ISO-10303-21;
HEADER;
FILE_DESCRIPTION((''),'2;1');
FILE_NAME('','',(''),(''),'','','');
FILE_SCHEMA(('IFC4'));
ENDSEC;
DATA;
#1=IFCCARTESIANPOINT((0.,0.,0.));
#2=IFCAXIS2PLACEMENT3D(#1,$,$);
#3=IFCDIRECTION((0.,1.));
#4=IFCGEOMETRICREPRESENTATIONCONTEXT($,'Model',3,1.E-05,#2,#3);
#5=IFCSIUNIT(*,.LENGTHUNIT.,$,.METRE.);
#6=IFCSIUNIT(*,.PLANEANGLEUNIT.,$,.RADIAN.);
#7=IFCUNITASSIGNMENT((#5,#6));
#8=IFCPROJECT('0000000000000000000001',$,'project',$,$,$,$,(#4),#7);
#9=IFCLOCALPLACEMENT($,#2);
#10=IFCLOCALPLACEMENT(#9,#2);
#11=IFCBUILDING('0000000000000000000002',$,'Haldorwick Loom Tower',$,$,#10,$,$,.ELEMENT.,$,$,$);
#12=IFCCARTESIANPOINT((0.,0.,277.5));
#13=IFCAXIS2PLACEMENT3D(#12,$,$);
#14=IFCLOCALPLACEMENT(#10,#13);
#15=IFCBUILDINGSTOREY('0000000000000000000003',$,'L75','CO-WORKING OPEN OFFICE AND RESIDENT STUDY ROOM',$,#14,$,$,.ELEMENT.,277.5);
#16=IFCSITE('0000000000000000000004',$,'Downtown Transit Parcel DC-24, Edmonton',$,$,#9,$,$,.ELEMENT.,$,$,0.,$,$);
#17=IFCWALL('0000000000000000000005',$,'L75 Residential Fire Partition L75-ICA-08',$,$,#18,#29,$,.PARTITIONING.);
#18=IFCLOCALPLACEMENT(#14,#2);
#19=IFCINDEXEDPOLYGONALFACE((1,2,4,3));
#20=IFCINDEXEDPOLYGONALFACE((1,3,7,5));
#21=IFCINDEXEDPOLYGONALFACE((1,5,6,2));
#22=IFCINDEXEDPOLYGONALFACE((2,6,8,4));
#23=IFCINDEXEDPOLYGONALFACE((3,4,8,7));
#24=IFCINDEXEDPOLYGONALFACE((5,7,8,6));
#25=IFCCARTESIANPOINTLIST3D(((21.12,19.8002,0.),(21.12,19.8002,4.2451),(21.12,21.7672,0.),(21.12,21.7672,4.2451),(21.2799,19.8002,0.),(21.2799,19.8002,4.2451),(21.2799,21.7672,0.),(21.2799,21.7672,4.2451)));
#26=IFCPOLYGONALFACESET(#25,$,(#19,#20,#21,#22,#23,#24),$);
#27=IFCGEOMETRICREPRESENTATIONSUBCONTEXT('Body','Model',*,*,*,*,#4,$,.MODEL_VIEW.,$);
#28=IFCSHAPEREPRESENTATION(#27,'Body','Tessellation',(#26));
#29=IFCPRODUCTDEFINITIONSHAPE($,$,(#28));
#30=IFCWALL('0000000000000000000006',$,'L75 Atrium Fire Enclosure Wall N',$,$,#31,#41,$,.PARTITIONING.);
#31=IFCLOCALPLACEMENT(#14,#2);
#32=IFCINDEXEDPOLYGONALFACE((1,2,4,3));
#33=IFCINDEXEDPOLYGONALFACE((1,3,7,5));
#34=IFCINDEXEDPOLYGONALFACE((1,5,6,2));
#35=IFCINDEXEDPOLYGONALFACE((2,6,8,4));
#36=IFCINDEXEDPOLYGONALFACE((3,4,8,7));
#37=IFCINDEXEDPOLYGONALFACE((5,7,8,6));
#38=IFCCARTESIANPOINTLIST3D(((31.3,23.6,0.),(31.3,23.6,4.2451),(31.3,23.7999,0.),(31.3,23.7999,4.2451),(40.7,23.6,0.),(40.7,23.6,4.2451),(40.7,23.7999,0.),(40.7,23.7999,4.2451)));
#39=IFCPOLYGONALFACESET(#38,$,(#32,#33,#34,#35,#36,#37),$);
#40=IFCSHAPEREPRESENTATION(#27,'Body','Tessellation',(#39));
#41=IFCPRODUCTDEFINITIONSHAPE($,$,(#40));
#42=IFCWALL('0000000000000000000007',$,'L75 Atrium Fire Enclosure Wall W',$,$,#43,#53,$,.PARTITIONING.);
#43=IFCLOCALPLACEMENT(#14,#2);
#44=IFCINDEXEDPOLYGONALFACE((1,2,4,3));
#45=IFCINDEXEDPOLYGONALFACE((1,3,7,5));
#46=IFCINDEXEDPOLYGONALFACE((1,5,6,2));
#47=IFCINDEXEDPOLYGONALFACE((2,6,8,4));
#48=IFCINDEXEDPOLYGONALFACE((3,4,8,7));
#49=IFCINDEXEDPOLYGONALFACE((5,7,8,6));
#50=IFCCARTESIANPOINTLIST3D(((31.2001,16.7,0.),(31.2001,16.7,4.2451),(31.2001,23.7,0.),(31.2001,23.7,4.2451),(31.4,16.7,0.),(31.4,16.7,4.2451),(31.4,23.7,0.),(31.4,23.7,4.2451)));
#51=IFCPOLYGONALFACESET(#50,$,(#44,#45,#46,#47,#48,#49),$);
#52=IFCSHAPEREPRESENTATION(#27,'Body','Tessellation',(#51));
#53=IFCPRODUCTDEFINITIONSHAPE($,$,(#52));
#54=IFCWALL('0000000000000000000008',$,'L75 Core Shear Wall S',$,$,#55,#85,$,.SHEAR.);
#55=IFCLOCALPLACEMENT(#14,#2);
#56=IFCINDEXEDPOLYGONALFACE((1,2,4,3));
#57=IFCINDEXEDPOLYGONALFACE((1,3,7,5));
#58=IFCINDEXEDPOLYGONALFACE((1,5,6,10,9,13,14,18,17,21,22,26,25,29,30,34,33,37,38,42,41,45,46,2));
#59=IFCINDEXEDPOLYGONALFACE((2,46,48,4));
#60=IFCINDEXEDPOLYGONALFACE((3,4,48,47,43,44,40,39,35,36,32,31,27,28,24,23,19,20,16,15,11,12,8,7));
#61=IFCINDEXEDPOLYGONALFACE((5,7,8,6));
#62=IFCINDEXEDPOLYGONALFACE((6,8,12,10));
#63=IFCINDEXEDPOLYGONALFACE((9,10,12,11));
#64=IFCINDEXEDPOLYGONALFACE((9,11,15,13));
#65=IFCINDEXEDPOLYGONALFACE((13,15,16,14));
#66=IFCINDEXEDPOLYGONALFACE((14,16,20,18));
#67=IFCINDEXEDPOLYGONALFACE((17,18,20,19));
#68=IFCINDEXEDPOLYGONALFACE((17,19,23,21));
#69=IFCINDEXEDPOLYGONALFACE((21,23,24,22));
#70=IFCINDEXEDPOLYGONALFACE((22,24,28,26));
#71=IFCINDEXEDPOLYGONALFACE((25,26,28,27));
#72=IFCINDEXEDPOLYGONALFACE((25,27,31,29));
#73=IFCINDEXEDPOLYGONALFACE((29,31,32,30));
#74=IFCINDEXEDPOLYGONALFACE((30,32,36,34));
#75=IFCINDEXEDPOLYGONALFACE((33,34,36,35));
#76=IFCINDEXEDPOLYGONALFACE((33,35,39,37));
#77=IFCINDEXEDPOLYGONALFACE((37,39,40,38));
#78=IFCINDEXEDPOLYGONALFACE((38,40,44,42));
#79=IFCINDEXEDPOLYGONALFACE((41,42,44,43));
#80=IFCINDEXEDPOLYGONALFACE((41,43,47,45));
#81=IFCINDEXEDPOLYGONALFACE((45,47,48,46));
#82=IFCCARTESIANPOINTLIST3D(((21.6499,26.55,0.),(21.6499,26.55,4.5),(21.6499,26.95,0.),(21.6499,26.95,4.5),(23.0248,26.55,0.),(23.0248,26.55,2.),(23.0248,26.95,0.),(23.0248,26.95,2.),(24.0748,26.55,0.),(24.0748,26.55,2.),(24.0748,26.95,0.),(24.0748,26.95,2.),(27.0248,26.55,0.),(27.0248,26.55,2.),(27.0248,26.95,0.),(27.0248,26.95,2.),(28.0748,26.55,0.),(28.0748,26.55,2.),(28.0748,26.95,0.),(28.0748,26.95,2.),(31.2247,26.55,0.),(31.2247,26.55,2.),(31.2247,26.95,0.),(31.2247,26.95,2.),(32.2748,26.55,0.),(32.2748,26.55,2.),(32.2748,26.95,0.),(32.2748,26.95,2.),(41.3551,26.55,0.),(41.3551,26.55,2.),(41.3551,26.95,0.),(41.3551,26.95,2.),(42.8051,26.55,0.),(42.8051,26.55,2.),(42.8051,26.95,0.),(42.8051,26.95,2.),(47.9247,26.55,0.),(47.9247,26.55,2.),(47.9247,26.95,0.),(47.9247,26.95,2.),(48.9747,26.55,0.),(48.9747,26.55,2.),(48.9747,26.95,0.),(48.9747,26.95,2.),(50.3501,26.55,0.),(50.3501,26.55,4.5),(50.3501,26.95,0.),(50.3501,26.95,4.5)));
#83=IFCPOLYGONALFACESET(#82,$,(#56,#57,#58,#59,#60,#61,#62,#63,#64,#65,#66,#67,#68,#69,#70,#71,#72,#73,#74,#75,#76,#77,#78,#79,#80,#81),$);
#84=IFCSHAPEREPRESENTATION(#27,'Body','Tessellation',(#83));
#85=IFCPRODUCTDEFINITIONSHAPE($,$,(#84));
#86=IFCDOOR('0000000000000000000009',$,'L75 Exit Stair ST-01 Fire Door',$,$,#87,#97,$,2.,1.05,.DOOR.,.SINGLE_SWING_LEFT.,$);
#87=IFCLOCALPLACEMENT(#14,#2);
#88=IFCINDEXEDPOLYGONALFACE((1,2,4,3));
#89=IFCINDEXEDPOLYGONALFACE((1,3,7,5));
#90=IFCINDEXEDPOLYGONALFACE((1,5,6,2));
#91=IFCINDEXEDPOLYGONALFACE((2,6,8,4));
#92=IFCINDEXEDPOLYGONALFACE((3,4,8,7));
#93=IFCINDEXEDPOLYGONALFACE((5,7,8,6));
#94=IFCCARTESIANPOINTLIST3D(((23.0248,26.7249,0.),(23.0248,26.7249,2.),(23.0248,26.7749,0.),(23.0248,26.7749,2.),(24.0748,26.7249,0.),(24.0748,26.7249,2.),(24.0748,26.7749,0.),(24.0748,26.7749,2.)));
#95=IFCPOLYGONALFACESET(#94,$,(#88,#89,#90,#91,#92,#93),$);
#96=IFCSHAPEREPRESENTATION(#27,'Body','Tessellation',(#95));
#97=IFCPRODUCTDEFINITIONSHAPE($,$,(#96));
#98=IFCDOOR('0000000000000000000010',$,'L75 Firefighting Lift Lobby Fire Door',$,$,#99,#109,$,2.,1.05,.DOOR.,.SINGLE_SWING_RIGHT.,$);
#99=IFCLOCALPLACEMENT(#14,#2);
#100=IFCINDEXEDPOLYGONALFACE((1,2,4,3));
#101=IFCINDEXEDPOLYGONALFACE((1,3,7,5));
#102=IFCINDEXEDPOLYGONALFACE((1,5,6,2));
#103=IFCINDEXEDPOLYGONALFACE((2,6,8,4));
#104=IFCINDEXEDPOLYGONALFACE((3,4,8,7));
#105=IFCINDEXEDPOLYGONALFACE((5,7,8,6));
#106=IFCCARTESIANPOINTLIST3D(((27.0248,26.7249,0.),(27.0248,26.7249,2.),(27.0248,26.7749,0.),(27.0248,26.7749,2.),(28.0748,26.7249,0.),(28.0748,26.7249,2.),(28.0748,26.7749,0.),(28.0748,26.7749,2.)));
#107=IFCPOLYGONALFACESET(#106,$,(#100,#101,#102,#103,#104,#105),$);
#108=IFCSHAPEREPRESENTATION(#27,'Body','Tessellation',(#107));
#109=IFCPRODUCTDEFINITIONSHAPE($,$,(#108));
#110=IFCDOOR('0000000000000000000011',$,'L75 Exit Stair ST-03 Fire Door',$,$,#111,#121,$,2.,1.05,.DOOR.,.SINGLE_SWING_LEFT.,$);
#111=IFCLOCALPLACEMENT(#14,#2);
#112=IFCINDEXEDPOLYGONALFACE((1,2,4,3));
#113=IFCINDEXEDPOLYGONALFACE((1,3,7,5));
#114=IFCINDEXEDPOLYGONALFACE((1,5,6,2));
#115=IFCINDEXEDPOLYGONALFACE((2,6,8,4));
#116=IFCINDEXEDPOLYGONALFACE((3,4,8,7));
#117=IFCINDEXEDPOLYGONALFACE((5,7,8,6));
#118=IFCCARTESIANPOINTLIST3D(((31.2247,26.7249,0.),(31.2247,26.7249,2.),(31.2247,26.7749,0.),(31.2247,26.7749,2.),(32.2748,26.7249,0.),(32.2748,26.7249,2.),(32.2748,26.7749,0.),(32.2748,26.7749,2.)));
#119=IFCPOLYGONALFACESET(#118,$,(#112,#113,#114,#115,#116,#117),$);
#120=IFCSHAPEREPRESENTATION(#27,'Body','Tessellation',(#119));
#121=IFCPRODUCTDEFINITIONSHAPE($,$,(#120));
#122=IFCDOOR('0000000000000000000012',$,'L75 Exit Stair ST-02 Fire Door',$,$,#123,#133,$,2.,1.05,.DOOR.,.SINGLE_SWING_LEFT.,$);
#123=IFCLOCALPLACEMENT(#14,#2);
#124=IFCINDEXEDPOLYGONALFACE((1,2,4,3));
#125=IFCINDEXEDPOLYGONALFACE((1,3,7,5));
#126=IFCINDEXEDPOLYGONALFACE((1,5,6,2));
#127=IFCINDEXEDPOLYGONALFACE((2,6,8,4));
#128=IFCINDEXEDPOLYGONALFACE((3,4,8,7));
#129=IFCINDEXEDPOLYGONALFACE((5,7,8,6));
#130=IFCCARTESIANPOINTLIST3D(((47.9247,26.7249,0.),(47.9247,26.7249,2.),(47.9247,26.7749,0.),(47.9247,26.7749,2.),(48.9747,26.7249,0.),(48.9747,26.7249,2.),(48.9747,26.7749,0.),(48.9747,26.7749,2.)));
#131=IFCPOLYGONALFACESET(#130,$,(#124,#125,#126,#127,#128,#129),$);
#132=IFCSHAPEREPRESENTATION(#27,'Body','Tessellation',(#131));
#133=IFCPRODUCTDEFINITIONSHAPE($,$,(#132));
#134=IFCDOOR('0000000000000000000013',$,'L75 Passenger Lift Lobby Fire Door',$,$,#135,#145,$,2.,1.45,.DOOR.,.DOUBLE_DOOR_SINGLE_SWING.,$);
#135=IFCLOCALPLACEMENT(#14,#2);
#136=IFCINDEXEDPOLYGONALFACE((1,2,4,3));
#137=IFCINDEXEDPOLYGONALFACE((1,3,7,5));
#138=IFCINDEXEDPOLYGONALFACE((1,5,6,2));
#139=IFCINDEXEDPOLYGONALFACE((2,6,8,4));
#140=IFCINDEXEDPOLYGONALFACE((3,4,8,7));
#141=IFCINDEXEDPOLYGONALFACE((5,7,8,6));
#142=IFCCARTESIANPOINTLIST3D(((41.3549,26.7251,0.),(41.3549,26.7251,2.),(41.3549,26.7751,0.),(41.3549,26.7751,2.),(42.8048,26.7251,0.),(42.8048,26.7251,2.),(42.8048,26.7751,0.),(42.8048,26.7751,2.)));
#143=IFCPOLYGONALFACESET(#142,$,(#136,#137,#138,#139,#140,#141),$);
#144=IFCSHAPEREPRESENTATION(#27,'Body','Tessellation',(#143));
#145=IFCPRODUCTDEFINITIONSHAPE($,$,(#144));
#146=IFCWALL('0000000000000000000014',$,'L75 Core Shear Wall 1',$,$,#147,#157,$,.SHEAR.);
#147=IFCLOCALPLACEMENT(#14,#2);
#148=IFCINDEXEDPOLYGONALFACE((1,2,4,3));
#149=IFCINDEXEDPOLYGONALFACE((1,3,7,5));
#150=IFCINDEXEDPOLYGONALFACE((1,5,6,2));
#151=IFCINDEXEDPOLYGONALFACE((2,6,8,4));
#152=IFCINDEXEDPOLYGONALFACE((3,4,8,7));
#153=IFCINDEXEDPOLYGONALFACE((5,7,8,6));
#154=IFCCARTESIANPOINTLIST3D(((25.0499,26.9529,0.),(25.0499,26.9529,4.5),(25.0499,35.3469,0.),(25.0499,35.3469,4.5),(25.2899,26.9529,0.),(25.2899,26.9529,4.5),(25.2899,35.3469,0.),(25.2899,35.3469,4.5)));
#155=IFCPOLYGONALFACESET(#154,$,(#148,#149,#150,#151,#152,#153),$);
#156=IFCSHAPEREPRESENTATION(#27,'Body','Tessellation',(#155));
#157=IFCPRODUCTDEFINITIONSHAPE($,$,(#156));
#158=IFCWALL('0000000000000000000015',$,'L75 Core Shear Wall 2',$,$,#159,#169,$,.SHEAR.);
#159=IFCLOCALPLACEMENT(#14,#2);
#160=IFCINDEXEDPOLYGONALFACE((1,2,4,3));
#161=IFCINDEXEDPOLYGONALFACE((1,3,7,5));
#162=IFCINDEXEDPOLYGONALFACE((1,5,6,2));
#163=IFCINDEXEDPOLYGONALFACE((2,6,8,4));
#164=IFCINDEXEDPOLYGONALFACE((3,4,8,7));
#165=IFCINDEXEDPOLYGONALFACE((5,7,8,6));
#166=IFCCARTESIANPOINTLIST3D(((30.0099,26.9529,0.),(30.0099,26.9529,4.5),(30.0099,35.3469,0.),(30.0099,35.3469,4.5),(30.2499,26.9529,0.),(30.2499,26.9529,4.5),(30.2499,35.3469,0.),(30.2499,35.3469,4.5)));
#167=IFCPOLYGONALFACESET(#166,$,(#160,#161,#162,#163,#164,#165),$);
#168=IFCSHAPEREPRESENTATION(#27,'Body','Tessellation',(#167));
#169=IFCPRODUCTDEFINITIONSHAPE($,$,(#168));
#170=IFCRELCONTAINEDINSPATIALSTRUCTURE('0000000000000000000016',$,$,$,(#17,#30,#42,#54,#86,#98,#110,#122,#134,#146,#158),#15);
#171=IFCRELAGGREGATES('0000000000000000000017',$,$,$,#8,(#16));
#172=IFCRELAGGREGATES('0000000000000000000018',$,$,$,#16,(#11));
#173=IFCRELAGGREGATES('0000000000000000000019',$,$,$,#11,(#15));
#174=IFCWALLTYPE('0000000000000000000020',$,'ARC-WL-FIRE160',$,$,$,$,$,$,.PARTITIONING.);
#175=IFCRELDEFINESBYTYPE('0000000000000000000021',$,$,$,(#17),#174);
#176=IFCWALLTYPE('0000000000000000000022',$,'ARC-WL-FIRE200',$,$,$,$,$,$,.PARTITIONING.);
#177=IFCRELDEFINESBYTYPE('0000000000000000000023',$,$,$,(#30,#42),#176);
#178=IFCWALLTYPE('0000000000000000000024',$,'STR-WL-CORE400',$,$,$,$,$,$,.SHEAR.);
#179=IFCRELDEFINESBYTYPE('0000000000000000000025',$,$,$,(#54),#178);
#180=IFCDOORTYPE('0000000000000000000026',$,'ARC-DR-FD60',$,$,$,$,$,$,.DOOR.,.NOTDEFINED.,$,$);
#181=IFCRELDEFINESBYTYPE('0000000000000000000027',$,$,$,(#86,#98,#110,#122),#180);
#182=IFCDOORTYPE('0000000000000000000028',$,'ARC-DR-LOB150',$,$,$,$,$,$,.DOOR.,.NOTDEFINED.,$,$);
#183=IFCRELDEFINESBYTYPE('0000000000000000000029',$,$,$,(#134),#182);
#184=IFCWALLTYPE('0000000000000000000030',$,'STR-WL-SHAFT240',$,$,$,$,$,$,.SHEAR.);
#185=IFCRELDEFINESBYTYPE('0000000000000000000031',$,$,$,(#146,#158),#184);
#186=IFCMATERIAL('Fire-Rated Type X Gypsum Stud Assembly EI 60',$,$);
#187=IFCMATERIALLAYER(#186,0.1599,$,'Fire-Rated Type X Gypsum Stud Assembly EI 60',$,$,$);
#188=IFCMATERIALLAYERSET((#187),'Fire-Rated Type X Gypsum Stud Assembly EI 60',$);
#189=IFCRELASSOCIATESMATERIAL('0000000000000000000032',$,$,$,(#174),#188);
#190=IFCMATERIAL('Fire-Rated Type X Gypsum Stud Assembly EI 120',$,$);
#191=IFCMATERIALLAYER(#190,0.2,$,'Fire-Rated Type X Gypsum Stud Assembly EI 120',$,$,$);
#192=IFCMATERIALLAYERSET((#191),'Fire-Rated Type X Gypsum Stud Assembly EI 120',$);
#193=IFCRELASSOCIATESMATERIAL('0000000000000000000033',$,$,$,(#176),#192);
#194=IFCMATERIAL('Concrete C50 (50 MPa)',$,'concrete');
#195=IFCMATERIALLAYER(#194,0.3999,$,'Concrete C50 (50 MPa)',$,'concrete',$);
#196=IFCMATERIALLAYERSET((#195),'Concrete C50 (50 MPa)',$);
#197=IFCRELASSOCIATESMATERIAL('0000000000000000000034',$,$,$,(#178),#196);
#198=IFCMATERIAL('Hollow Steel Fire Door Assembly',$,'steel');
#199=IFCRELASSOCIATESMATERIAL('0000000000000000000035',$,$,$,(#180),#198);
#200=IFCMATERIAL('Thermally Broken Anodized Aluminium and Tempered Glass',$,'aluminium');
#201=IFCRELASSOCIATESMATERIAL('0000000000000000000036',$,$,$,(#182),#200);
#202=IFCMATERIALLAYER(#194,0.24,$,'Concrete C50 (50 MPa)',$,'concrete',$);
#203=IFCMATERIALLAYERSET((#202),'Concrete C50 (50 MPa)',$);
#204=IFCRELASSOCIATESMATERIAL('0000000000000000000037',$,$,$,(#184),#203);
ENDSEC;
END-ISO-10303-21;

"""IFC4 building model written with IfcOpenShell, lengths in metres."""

from ifc_helpers import new_model, si_unit, direction, frame, frame_2d, origin, place, context, subcontext, project, spatial, rectangle, extrude, material, layer, layer_set, type_object, element, fill, save


model = new_model("IFC4")

# Units and contexts
model_context = context("Model", 3, precision=1e-05, world=origin(), true_north=direction((0.0, 1.0)))
body_context = subcontext(model_context, "Body", "Model", "MODEL_VIEW")
ifc_project = project(units=[si_unit("LENGTHUNIT", "METRE"), si_unit("PLANEANGLEUNIT", "RADIAN")], contexts=[model_context])

# Site, building, storey
site_placement = place(None, origin())
site = spatial("IfcSite", under=ifc_project, at=site_placement, Name="Downtown Transit Parcel DC-24, Edmonton", CompositionType="ELEMENT", RefElevation=0.0)
building_placement = place(site_placement, origin())
building = spatial("IfcBuilding", under=site, at=building_placement, Name="Haldorwick Loom Tower", CompositionType="ELEMENT")
storey_placement = place(building_placement, frame((0.0, 0.0, 277.5)))
storey = spatial("IfcBuildingStorey", under=building, at=storey_placement, Name="L75", Description="CO-WORKING OPEN OFFICE AND RESIDENT STUDY ROOM", CompositionType="ELEMENT", Elevation=277.5)

# Shared definitions
ifc_material_1 = material(Name="Concrete C50 (50 MPa)", Category="concrete")

# Walls
ifc_material_2 = material(Name="Fire-Rated Type X Gypsum Stud Assembly EI 60")
ifc_layer_1 = layer(ifc_material_2, 0.1599, Name="Fire-Rated Type X Gypsum Stud Assembly EI 60")
ifc_layer_set_1 = layer_set([ifc_layer_1], Name="Fire-Rated Type X Gypsum Stud Assembly EI 60")
wall_type_1 = type_object("IfcWallType", Name="ARC-WL-FIRE160", PredefinedType="PARTITIONING", material=ifc_layer_set_1)
wall_1_placement = place(storey_placement, frame((21.2, 21.7671, 0.0), z_axis=(0.0, 0.0, 1.0), x_axis=(0.0, -1.0, 0.0)))
element("IfcWall", 1, at=wall_1_placement, inside=storey, type_object=wall_type_1, Name="L75 Residential Fire Partition L75-ICA-08", PredefinedType="PARTITIONING", context=body_context, shape_type="SweptSolid", body=[
    extrude(rectangle(XDim=1.967, YDim=0.1599, at=frame_2d((0.9834, 0.0))), origin(), (0.0, 0.0, 1.0), 4.2451),
])
ifc_material_3 = material(Name="Fire-Rated Type X Gypsum Stud Assembly EI 120")
ifc_layer_2 = layer(ifc_material_3, 0.2, Name="Fire-Rated Type X Gypsum Stud Assembly EI 120")
ifc_layer_set_2 = layer_set([ifc_layer_2], Name="Fire-Rated Type X Gypsum Stud Assembly EI 120")
wall_type_2 = type_object("IfcWallType", Name="ARC-WL-FIRE200", PredefinedType="PARTITIONING", material=ifc_layer_set_2)
wall_2_placement = place(storey_placement, frame((31.3, 23.7, 0.0), z_axis=(0.0, 0.0, 1.0), x_axis=(1.0, 0.0, 0.0)))
element("IfcWall", 2, at=wall_2_placement, inside=storey, type_object=wall_type_2, Name="L75 Atrium Fire Enclosure Wall N", PredefinedType="PARTITIONING", context=body_context, shape_type="SweptSolid", body=[
    extrude(rectangle(XDim=9.3999, YDim=0.2, at=frame_2d((4.7, 0.0))), origin(), (0.0, 0.0, 1.0), 4.2451),
])
wall_3_placement = place(storey_placement, frame((31.3, 16.7, 0.0), z_axis=(0.0, 0.0, 1.0), x_axis=(0.0, 1.0, 0.0)))
element("IfcWall", 3, at=wall_3_placement, inside=storey, type_object=wall_type_2, Name="L75 Atrium Fire Enclosure Wall W", PredefinedType="PARTITIONING", context=body_context, shape_type="SweptSolid", body=[
    extrude(rectangle(XDim=7.0, YDim=0.2, at=frame_2d((3.5, 0.0))), origin(), (0.0, 0.0, 1.0), 4.2451),
])

# Wall, openings, doors
ifc_layer_3 = layer(ifc_material_1, 0.3999, Name="Concrete C50 (50 MPa)", Category="concrete")
ifc_layer_set_3 = layer_set([ifc_layer_3], Name="Concrete C50 (50 MPa)")
wall_type_3 = type_object("IfcWallType", Name="STR-WL-CORE400", PredefinedType="SHEAR", material=ifc_layer_set_3)
wall_4_placement = place(storey_placement, frame((21.6499, 26.75, 0.0), z_axis=(0.0, 0.0, 1.0), x_axis=(1.0, 0.0, 0.0)))
wall_4 = element("IfcWall", 4, at=wall_4_placement, inside=storey, type_object=wall_type_3, Name="L75 Core Shear Wall S", PredefinedType="SHEAR", context=body_context, shape_type="SweptSolid", body=[
    extrude(rectangle(XDim=28.7002, YDim=0.3999, at=frame_2d((14.3501, 0.0))), origin(), (0.0, 0.0, 1.0), 4.5),
])
opening_1_placement = place(wall_4_placement, frame((1.375, 0.0, 0.0)))
opening_1 = element("IfcOpeningElement", 5, at=opening_1_placement, cuts=wall_4, PredefinedType="OPENING", context=body_context, shape_type="SweptSolid", body=[
    extrude(rectangle(XDim=1.05, YDim=2.0, at=frame_2d((0.5249, 1.0))), frame((0.0, 0.21, 0.0), z_axis=(0.0, -1.0, 0.0), x_axis=(1.0, 0.0, 0.0)), (0.0, 0.0, 1.0), 0.4199),
])
opening_2_placement = place(wall_4_placement, frame((5.375, 0.0, 0.0)))
opening_2 = element("IfcOpeningElement", 6, at=opening_2_placement, cuts=wall_4, PredefinedType="OPENING", context=body_context, shape_type="SweptSolid", body=[
    extrude(rectangle(XDim=1.05, YDim=2.0, at=frame_2d((0.5249, 1.0))), frame((0.0, 0.21, 0.0), z_axis=(0.0, -1.0, 0.0), x_axis=(1.0, 0.0, 0.0)), (0.0, 0.0, 1.0), 0.4199),
])
opening_3_placement = place(wall_4_placement, frame((9.575, 0.0, 0.0)))
opening_3 = element("IfcOpeningElement", 7, at=opening_3_placement, cuts=wall_4, PredefinedType="OPENING", context=body_context, shape_type="SweptSolid", body=[
    extrude(rectangle(XDim=1.05, YDim=2.0, at=frame_2d((0.5249, 1.0))), frame((0.0, 0.21, 0.0), z_axis=(0.0, -1.0, 0.0), x_axis=(1.0, 0.0, 0.0)), (0.0, 0.0, 1.0), 0.4199),
])
opening_4_placement = place(wall_4_placement, frame((19.7051, 0.0, 0.0)))
opening_4 = element("IfcOpeningElement", 8, at=opening_4_placement, cuts=wall_4, PredefinedType="OPENING", context=body_context, shape_type="SweptSolid", body=[
    extrude(rectangle(XDim=1.45, YDim=2.0, at=frame_2d((0.7251, 1.0))), frame((0.0, 0.21, 0.0), z_axis=(0.0, -1.0, 0.0), x_axis=(1.0, 0.0, 0.0)), (0.0, 0.0, 1.0), 0.4199),
])
opening_5_placement = place(wall_4_placement, frame((26.2749, 0.0, 0.0)))
opening_5 = element("IfcOpeningElement", 9, at=opening_5_placement, cuts=wall_4, PredefinedType="OPENING", context=body_context, shape_type="SweptSolid", body=[
    extrude(rectangle(XDim=1.05, YDim=2.0, at=frame_2d((0.5249, 1.0))), frame((0.0, 0.21, 0.0), z_axis=(0.0, -1.0, 0.0), x_axis=(1.0, 0.0, 0.0)), (0.0, 0.0, 1.0), 0.4199),
])
ifc_material_4 = material(Name="Hollow Steel Fire Door Assembly", Category="steel")
door_type_1 = type_object("IfcDoorType", Name="ARC-DR-FD60", OperationType="NOTDEFINED", PredefinedType="DOOR", material=ifc_material_4)
door_1_placement = place(opening_1_placement, origin())
door_1 = element("IfcDoor", 10, at=door_1_placement, inside=storey, type_object=door_type_1, Name="L75 Exit Stair ST-01 Fire Door", OperationType="SINGLE_SWING_LEFT", OverallHeight=2.0, OverallWidth=1.05, PredefinedType="DOOR", context=body_context, shape_type="SweptSolid", body=[
    extrude(rectangle(XDim=1.05, YDim=2.0, at=frame_2d((0.5249, 1.0))), frame((0.0, 0.0249, 0.0), z_axis=(0.0, -1.0, 0.0), x_axis=(1.0, 0.0, 0.0)), (0.0, 0.0, 1.0), 0.05),
])
fill(opening_1, door_1)
door_2_placement = place(opening_2_placement, origin())
door_2 = element("IfcDoor", 11, at=door_2_placement, inside=storey, type_object=door_type_1, Name="L75 Firefighting Lift Lobby Fire Door", OperationType="SINGLE_SWING_RIGHT", OverallHeight=2.0, OverallWidth=1.05, PredefinedType="DOOR", context=body_context, shape_type="SweptSolid", body=[
    extrude(rectangle(XDim=1.05, YDim=2.0, at=frame_2d((0.5249, 1.0))), frame((0.0, 0.0249, 0.0), z_axis=(0.0, -1.0, 0.0), x_axis=(1.0, 0.0, 0.0)), (0.0, 0.0, 1.0), 0.05),
])
fill(opening_2, door_2)
door_3_placement = place(opening_3_placement, origin())
door_3 = element("IfcDoor", 12, at=door_3_placement, inside=storey, type_object=door_type_1, Name="L75 Exit Stair ST-03 Fire Door", OperationType="SINGLE_SWING_LEFT", OverallHeight=2.0, OverallWidth=1.05, PredefinedType="DOOR", context=body_context, shape_type="SweptSolid", body=[
    extrude(rectangle(XDim=1.05, YDim=2.0, at=frame_2d((0.5249, 1.0))), frame((0.0, 0.0249, 0.0), z_axis=(0.0, -1.0, 0.0), x_axis=(1.0, 0.0, 0.0)), (0.0, 0.0, 1.0), 0.05),
])
fill(opening_3, door_3)
door_4_placement = place(opening_5_placement, origin())
door_4 = element("IfcDoor", 13, at=door_4_placement, inside=storey, type_object=door_type_1, Name="L75 Exit Stair ST-02 Fire Door", OperationType="SINGLE_SWING_LEFT", OverallHeight=2.0, OverallWidth=1.05, PredefinedType="DOOR", context=body_context, shape_type="SweptSolid", body=[
    extrude(rectangle(XDim=1.05, YDim=2.0, at=frame_2d((0.5249, 1.0))), frame((0.0, 0.0249, 0.0), z_axis=(0.0, -1.0, 0.0), x_axis=(1.0, 0.0, 0.0)), (0.0, 0.0, 1.0), 0.05),
])
fill(opening_5, door_4)
ifc_material_5 = material(Name="Thermally Broken Anodized Aluminium and Tempered Glass", Category="aluminium")
door_type_2 = type_object("IfcDoorType", Name="ARC-DR-LOB150", OperationType="NOTDEFINED", PredefinedType="DOOR", material=ifc_material_5)
door_5_placement = place(opening_4_placement, frame((1.45, 0.0, 0.0), z_axis=(0.0, 0.0, 1.0), x_axis=(-1.0, 0.0, 0.0)))
door_5 = element("IfcDoor", 14, at=door_5_placement, inside=storey, type_object=door_type_2, Name="L75 Passenger Lift Lobby Fire Door", OperationType="DOUBLE_DOOR_SINGLE_SWING", OverallHeight=2.0, OverallWidth=1.45, PredefinedType="DOOR", context=body_context, shape_type="SweptSolid", body=[
    extrude(rectangle(XDim=1.45, YDim=2.0, at=frame_2d((0.7251, 1.0))), frame((0.0, 0.0249, 0.0), z_axis=(0.0, -1.0, 0.0), x_axis=(1.0, 0.0, 0.0)), (0.0, 0.0, 1.0), 0.05),
])
fill(opening_4, door_5)

# Walls
ifc_layer_4 = layer(ifc_material_1, 0.24, Name="Concrete C50 (50 MPa)", Category="concrete")
ifc_layer_set_4 = layer_set([ifc_layer_4], Name="Concrete C50 (50 MPa)")
wall_type_4 = type_object("IfcWallType", Name="STR-WL-SHAFT240", PredefinedType="SHEAR", material=ifc_layer_set_4)
for number, where, z_axis, x_axis, name in (
    (15, (25.1699, 26.9529, 0.0), (0.0, 0.0, 1.0), (0.0, 1.0, 0.0), "L75 Core Shear Wall 1"),
    (16, (30.1299, 26.9529, 0.0), (0.0, 0.0, 1.0), (0.0, 1.0, 0.0), "L75 Core Shear Wall 2"),
):
    element("IfcWall", number, at=place(storey_placement, frame(where, z_axis=z_axis, x_axis=x_axis)), inside=storey, type_object=wall_type_4, Name=name, PredefinedType="SHEAR", context=body_context, shape_type="SweptSolid", body=[
        extrude(rectangle(XDim=8.394, YDim=0.24, at=frame_2d((4.197, 0.0))), origin(), (0.0, 0.0, 1.0), 4.5),
    ])

save(model, "model.ifc")
